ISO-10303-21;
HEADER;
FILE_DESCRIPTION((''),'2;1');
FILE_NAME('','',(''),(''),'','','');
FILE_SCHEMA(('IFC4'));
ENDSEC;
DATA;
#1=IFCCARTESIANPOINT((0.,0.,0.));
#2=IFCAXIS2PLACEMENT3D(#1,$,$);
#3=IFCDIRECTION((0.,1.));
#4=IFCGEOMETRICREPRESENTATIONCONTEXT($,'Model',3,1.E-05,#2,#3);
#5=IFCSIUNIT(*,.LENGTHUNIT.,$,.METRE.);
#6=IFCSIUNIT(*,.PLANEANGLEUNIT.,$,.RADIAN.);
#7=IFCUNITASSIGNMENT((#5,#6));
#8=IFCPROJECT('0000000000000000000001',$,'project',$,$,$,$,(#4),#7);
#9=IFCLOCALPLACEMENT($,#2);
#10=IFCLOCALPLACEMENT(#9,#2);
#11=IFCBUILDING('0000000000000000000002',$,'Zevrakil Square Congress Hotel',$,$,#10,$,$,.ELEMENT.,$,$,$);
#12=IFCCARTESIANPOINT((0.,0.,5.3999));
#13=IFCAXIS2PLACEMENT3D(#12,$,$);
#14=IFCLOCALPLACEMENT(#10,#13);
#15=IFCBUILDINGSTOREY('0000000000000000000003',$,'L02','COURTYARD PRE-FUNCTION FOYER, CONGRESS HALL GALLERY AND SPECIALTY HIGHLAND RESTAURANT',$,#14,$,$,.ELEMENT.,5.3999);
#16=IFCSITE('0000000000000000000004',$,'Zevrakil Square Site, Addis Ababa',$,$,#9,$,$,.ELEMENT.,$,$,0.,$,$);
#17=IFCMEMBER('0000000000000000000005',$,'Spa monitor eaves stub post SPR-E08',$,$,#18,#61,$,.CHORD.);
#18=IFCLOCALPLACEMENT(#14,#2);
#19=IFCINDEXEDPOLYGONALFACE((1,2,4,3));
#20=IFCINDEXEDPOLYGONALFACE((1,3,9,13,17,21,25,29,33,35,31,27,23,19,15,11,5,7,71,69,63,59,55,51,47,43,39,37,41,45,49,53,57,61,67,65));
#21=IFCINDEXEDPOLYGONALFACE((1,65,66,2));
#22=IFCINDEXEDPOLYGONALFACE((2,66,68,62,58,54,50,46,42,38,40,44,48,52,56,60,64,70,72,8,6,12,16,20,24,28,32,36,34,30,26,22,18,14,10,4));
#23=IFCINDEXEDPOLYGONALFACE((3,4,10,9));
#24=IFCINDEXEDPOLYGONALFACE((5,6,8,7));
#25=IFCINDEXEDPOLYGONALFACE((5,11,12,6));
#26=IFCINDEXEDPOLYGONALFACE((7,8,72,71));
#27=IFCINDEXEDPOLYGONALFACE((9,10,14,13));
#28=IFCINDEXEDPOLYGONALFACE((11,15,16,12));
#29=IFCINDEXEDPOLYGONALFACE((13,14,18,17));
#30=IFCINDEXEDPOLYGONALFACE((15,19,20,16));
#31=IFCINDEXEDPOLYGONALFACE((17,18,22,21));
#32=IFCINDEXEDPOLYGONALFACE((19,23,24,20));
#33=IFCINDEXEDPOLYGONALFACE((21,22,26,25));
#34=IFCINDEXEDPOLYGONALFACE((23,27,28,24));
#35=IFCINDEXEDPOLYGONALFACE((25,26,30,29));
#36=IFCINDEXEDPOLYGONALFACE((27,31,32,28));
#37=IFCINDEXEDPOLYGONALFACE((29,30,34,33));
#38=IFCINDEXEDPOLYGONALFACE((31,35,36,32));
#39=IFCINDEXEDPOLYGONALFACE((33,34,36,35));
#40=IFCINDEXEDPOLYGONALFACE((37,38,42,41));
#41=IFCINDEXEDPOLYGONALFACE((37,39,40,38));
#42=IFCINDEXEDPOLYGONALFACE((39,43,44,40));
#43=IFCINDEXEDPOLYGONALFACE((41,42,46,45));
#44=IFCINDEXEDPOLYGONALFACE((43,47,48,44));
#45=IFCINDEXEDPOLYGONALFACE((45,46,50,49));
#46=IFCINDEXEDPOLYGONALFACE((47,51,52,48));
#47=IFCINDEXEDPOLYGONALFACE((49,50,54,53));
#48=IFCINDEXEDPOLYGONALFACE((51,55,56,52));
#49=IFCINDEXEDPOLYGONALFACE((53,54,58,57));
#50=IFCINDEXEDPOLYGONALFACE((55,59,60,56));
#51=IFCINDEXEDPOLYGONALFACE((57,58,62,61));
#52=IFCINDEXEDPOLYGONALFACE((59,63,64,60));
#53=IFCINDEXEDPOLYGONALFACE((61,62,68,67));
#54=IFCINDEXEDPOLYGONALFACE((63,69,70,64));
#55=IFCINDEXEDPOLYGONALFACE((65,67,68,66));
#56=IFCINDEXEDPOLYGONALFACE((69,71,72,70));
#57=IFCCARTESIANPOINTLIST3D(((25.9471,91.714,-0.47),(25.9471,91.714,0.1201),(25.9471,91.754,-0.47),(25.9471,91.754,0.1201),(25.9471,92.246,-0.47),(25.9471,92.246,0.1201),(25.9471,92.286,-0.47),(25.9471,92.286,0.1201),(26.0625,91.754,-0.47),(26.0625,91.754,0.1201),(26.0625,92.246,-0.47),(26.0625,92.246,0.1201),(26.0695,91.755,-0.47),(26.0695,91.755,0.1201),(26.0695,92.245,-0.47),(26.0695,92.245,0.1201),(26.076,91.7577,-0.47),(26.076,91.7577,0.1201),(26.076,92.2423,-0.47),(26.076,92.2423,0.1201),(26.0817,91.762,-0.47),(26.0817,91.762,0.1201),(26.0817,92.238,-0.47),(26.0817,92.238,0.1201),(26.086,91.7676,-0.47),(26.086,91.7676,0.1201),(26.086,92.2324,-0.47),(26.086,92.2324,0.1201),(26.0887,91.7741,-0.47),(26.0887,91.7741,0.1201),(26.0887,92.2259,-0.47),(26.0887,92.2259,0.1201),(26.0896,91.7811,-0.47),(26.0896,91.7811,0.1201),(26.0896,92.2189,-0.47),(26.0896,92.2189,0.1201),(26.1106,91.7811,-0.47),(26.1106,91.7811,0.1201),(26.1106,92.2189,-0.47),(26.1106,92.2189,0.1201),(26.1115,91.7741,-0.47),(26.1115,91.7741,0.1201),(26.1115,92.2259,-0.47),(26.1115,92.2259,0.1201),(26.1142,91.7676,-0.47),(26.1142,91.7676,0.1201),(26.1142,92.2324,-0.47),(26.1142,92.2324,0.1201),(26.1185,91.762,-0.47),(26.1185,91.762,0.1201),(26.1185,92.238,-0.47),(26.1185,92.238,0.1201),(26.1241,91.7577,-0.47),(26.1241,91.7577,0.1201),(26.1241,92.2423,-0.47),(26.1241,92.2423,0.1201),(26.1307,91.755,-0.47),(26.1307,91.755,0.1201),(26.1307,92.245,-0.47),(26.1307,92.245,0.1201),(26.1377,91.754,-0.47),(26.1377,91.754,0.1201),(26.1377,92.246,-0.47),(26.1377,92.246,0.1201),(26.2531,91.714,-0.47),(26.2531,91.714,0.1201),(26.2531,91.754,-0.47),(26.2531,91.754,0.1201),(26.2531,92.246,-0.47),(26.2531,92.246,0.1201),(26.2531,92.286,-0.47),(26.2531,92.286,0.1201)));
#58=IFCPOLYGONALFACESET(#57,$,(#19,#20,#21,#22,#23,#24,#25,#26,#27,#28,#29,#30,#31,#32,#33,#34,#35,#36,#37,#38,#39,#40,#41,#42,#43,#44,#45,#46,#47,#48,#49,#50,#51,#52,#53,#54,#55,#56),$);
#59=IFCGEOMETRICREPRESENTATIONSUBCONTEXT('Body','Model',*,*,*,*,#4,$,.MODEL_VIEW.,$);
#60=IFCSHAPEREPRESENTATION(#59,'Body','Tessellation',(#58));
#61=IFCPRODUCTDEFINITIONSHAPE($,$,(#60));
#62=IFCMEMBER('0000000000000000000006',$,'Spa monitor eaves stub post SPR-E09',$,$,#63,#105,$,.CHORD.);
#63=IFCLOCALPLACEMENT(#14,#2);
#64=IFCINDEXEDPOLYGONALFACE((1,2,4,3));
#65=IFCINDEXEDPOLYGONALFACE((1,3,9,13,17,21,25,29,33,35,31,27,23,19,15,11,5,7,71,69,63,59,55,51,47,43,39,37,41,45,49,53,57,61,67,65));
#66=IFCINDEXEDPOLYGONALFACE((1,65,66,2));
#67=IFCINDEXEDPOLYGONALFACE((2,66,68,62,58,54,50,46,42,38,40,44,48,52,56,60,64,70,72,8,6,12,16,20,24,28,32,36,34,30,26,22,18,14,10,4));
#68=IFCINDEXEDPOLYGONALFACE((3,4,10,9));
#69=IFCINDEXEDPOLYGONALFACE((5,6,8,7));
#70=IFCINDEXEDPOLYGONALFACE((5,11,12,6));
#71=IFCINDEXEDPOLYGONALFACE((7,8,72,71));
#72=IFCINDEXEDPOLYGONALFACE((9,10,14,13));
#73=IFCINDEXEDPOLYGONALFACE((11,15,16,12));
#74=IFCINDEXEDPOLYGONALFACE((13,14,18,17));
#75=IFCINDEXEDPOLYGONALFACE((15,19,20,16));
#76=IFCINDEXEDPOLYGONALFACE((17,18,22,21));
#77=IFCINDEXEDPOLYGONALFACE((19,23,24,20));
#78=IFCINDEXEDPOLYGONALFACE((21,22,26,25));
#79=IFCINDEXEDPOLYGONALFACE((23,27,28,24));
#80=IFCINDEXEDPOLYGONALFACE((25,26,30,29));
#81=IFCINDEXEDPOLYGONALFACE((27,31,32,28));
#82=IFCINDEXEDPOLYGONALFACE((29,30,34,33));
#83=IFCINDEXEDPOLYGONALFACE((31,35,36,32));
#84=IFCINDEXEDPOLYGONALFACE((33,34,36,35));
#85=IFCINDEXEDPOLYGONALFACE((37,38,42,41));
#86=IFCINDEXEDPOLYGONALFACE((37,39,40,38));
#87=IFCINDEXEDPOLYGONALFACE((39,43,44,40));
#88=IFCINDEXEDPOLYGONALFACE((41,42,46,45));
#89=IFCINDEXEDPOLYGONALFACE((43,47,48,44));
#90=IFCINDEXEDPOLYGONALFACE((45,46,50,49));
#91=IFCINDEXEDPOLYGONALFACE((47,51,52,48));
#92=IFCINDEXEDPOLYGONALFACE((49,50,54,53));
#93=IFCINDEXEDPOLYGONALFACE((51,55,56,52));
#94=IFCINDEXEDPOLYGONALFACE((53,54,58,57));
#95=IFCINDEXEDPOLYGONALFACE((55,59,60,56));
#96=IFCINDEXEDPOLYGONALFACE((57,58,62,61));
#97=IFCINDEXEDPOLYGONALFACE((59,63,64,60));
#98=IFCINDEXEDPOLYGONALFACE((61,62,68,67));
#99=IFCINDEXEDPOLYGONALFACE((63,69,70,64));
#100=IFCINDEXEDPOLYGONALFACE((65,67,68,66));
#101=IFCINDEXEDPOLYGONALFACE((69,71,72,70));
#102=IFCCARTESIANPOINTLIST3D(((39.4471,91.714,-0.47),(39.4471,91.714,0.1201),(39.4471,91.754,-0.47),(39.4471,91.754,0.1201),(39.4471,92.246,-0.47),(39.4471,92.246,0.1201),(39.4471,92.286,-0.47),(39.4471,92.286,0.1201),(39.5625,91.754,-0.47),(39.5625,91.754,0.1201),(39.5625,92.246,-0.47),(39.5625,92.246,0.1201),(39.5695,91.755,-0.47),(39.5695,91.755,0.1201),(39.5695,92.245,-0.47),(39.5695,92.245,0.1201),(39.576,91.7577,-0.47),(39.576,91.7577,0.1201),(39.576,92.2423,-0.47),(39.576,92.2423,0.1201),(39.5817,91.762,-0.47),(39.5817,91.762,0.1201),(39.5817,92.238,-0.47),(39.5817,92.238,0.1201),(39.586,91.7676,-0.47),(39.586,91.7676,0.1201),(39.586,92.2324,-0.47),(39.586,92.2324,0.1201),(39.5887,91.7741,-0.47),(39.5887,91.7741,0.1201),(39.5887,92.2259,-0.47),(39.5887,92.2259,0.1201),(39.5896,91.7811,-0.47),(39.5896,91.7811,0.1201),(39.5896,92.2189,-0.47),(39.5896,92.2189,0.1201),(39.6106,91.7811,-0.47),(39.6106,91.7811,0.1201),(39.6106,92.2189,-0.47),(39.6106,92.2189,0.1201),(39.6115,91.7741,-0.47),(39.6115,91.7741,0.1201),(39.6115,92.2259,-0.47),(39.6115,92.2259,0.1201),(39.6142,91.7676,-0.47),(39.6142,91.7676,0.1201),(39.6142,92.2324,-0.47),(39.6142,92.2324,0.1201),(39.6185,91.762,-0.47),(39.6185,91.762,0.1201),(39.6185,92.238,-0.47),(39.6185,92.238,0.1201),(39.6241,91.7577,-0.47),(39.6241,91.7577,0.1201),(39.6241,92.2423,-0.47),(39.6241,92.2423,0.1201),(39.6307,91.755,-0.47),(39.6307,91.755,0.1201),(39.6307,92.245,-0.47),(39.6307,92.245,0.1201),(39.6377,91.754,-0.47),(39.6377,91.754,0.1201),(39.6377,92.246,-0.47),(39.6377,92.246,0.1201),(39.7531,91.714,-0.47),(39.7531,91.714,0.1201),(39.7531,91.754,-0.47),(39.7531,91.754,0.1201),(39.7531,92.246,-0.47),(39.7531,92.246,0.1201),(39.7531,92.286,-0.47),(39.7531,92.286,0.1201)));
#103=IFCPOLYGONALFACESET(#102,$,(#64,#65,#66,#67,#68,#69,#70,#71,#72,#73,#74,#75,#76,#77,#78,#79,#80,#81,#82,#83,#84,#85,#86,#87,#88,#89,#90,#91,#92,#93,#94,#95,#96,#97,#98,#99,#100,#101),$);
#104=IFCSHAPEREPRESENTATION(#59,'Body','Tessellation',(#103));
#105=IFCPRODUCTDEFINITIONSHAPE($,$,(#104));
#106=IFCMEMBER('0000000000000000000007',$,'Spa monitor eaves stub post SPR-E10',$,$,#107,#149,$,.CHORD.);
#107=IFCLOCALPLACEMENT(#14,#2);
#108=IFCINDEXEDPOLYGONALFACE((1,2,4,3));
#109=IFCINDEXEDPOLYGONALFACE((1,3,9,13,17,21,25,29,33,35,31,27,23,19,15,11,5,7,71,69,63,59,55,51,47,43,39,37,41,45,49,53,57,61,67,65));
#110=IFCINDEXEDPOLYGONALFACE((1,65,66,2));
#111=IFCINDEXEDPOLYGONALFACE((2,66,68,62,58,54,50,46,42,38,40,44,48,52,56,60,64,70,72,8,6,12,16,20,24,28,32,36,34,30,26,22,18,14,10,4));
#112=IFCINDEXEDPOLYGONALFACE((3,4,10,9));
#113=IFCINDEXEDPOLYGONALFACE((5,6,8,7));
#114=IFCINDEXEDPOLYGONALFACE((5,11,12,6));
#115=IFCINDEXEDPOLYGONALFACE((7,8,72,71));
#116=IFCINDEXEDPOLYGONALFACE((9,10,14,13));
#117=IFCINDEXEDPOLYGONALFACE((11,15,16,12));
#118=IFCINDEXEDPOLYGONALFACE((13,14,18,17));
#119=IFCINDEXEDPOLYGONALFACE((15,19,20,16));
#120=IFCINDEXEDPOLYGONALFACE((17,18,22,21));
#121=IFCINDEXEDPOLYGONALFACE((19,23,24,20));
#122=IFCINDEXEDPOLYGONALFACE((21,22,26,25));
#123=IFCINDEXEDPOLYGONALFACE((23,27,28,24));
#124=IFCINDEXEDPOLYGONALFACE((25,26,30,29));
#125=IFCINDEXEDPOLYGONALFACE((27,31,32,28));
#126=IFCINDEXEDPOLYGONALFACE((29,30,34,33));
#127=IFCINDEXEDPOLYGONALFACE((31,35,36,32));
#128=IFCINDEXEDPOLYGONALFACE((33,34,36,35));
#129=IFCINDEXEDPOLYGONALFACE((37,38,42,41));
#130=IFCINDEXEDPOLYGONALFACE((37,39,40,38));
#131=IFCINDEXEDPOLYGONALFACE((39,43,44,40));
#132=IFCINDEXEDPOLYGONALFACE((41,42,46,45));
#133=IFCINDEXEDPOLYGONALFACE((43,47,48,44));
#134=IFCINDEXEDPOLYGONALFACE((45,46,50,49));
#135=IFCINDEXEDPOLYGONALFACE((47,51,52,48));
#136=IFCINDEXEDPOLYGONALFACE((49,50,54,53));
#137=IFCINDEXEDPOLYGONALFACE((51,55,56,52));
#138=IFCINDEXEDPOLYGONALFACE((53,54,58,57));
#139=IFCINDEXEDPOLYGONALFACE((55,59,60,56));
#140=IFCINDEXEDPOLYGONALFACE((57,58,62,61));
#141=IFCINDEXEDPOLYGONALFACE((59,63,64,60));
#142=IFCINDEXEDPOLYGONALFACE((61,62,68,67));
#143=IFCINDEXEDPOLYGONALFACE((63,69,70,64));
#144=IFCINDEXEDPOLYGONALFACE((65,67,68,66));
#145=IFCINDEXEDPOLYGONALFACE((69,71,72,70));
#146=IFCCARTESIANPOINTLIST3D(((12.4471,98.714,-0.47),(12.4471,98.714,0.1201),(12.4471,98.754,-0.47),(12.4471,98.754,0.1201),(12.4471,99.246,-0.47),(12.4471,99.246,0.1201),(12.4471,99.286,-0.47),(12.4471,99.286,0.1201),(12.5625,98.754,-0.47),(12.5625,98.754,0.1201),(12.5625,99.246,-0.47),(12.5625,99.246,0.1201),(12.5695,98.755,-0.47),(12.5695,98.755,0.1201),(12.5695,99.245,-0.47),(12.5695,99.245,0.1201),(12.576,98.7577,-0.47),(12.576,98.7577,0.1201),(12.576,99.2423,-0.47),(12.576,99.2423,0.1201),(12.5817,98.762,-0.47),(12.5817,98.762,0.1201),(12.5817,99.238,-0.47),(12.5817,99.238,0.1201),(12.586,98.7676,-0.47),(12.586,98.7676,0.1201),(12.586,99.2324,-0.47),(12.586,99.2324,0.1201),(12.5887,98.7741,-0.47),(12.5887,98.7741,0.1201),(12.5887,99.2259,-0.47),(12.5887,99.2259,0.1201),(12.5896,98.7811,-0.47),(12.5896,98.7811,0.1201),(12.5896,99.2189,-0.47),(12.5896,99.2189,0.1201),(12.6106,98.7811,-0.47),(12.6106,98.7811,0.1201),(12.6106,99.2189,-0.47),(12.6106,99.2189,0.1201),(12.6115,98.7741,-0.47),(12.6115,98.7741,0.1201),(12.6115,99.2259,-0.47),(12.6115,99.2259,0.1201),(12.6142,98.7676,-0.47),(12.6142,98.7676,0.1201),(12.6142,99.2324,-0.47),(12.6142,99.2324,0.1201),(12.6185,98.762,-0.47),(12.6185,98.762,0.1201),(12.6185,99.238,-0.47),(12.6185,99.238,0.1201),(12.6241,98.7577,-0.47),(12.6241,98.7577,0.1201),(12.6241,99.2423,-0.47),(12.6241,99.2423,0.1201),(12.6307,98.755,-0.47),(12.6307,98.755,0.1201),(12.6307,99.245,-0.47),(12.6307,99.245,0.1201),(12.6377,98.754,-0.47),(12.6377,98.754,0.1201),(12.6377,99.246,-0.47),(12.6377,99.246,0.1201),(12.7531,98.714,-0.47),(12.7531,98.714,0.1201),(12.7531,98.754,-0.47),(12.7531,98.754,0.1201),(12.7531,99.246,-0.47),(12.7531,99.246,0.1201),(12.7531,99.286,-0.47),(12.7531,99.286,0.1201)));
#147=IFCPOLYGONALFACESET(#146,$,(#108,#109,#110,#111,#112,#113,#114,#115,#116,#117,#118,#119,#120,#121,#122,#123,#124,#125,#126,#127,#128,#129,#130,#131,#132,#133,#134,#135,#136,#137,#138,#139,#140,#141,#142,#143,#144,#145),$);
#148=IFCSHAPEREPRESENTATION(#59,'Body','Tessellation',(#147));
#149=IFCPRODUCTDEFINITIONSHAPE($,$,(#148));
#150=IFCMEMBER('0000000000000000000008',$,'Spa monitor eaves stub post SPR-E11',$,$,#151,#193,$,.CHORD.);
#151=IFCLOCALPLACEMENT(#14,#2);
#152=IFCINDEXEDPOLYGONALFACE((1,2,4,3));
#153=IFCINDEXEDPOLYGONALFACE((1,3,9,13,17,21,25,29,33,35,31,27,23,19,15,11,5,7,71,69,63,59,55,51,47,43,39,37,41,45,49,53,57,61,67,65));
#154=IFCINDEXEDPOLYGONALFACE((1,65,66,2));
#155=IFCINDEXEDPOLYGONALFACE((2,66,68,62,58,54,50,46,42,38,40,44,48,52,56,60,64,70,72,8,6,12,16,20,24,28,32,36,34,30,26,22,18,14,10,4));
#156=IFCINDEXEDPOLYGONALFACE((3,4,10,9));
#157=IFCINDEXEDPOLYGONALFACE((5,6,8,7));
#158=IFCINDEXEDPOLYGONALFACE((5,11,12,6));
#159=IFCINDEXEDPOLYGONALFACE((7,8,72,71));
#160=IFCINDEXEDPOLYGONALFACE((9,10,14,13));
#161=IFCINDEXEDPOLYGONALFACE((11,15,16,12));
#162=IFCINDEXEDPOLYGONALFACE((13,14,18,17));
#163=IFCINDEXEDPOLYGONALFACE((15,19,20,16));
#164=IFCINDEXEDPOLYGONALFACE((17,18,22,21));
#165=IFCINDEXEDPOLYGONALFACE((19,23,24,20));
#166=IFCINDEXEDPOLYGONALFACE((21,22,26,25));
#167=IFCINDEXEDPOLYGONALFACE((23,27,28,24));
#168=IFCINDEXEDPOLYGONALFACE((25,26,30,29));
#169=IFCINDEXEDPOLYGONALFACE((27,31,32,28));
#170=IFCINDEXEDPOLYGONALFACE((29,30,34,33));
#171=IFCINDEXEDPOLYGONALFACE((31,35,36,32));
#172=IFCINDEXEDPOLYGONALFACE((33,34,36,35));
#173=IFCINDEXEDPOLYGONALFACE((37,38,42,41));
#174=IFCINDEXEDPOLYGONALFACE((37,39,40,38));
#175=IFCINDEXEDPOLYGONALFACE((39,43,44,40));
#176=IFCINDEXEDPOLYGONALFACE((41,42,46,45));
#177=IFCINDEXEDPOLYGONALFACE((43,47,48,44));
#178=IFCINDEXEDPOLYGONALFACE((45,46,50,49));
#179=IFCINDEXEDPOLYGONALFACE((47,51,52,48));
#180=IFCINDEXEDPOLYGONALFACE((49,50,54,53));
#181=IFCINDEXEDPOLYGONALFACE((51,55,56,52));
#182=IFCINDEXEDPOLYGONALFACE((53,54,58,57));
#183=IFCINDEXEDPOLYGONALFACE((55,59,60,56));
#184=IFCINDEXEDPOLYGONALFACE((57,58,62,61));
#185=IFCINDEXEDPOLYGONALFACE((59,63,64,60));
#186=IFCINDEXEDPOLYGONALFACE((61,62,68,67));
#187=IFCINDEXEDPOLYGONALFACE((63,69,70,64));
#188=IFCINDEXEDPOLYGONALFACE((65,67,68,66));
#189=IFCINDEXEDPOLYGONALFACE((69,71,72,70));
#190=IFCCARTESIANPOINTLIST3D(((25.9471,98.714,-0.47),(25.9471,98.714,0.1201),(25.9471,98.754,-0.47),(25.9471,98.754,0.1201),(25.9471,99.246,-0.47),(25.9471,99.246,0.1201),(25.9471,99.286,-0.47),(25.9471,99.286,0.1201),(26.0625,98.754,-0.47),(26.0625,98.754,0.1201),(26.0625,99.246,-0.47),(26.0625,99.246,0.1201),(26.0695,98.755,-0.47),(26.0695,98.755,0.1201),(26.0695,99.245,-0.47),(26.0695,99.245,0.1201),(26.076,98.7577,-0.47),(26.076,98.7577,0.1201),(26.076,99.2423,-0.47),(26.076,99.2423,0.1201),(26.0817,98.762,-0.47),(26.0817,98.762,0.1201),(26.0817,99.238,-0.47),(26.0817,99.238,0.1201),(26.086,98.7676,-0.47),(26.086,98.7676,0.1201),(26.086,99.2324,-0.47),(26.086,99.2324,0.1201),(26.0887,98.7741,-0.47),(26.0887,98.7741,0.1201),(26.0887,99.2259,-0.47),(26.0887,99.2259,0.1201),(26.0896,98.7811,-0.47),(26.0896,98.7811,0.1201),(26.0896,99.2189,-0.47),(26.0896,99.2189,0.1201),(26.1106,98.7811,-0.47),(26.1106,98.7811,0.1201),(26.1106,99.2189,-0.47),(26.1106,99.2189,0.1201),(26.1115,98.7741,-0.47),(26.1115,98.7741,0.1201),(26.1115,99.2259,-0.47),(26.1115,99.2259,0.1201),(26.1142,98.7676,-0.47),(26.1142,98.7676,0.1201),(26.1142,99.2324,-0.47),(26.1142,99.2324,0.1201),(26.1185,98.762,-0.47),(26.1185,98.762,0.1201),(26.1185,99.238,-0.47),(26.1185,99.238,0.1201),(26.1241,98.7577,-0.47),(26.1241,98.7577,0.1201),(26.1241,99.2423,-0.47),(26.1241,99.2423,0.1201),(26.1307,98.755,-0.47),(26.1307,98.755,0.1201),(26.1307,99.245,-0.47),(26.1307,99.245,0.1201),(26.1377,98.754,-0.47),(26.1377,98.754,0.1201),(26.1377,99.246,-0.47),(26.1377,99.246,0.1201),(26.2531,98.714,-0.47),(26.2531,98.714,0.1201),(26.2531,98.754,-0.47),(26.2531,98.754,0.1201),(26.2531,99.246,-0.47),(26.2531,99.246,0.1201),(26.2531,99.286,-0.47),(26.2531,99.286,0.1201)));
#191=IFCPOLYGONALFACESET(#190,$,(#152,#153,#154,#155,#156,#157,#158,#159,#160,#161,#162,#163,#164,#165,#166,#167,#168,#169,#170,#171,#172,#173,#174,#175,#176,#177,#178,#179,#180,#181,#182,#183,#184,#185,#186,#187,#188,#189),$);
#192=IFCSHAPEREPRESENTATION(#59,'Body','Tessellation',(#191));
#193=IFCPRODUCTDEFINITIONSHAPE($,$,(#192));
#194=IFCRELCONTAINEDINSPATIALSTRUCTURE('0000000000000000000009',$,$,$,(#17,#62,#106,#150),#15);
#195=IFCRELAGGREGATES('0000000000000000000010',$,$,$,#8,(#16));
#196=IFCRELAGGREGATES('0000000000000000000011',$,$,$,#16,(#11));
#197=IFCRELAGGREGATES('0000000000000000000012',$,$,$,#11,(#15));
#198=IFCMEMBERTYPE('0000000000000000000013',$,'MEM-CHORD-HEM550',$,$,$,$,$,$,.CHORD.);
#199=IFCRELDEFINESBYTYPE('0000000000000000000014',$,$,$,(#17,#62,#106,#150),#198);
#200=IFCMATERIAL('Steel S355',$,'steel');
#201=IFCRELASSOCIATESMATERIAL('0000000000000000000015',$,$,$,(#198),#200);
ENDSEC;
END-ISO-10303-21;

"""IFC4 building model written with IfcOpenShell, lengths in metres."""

from ifc_helpers import new_model, si_unit, direction, frame, origin, origin_2d, place, context, subcontext, project, spatial, i_section, extrude, material, material_profile, profile_set, type_object, element, save


model = new_model("IFC4")

# Units and contexts
model_context = context("Model", 3, precision=1e-05, world=origin(), true_north=direction((0.0, 1.0)))
body_context = subcontext(model_context, "Body", "Model", "MODEL_VIEW")
ifc_project = project(units=[si_unit("LENGTHUNIT", "METRE"), si_unit("PLANEANGLEUNIT", "RADIAN")], contexts=[model_context])

# Site, building, storey
site_placement = place(None, origin())
site = spatial("IfcSite", under=ifc_project, at=site_placement, Name="Zevrakil Square Site, Addis Ababa", CompositionType="ELEMENT", RefElevation=0.0)
building_placement = place(site_placement, origin())
building = spatial("IfcBuilding", under=site, at=building_placement, Name="Zevrakil Square Congress Hotel", CompositionType="ELEMENT")
storey_placement = place(building_placement, frame((0.0, 0.0, 5.3999)))
storey = spatial("IfcBuildingStorey", under=building, at=storey_placement, Name="L02", Description="COURTYARD PRE-FUNCTION FOYER, CONGRESS HALL GALLERY AND SPECIALTY HIGHLAND RESTAURANT", CompositionType="ELEMENT", Elevation=5.3999)

# Members
ifc_material_1 = material(Name="Steel S355", Category="steel")
ifc_material_profile_1 = material_profile(ifc_material_1, i_section(OverallWidth=0.3059, OverallDepth=0.572, WebThickness=0.021, FlangeThickness=0.04, FilletRadius=0.0271, at=origin_2d()), Name="HEM 550")
ifc_profile_set_1 = profile_set([ifc_material_profile_1], Name="Steel S355")
member_type_1 = type_object("IfcMemberType", Name="MEM-CHORD-HEM550", PredefinedType="CHORD", material=ifc_profile_set_1)
for number, where, z_axis, x_axis, name in (
    (1, (26.1001, 92.0, -0.47), (0.0, 0.0, 1.0), (1.0, 0.0, 0.0), "Spa monitor eaves stub post SPR-E08"),
    (2, (39.6001, 92.0, -0.47), (0.0, 0.0, 1.0), (1.0, 0.0, 0.0), "Spa monitor eaves stub post SPR-E09"),
    (3, (12.6001, 99.0, -0.47), (0.0, 0.0, 1.0), (1.0, 0.0, 0.0), "Spa monitor eaves stub post SPR-E10"),
    (4, (26.1001, 99.0, -0.47), (0.0, 0.0, 1.0), (1.0, 0.0, 0.0), "Spa monitor eaves stub post SPR-E11"),
):
    element("IfcMember", number, at=place(storey_placement, frame(where, z_axis=z_axis, x_axis=x_axis)), inside=storey, type_object=member_type_1, Name=name, PredefinedType="CHORD", context=body_context, shape_type="SweptSolid", body=[
        extrude(i_section(OverallWidth=0.3059, OverallDepth=0.572, WebThickness=0.021, FlangeThickness=0.04, FilletRadius=0.0271, at=origin_2d()), origin(), (0.0, 0.0, 1.0), 0.5901),
    ])

save(model, "model.ifc")
